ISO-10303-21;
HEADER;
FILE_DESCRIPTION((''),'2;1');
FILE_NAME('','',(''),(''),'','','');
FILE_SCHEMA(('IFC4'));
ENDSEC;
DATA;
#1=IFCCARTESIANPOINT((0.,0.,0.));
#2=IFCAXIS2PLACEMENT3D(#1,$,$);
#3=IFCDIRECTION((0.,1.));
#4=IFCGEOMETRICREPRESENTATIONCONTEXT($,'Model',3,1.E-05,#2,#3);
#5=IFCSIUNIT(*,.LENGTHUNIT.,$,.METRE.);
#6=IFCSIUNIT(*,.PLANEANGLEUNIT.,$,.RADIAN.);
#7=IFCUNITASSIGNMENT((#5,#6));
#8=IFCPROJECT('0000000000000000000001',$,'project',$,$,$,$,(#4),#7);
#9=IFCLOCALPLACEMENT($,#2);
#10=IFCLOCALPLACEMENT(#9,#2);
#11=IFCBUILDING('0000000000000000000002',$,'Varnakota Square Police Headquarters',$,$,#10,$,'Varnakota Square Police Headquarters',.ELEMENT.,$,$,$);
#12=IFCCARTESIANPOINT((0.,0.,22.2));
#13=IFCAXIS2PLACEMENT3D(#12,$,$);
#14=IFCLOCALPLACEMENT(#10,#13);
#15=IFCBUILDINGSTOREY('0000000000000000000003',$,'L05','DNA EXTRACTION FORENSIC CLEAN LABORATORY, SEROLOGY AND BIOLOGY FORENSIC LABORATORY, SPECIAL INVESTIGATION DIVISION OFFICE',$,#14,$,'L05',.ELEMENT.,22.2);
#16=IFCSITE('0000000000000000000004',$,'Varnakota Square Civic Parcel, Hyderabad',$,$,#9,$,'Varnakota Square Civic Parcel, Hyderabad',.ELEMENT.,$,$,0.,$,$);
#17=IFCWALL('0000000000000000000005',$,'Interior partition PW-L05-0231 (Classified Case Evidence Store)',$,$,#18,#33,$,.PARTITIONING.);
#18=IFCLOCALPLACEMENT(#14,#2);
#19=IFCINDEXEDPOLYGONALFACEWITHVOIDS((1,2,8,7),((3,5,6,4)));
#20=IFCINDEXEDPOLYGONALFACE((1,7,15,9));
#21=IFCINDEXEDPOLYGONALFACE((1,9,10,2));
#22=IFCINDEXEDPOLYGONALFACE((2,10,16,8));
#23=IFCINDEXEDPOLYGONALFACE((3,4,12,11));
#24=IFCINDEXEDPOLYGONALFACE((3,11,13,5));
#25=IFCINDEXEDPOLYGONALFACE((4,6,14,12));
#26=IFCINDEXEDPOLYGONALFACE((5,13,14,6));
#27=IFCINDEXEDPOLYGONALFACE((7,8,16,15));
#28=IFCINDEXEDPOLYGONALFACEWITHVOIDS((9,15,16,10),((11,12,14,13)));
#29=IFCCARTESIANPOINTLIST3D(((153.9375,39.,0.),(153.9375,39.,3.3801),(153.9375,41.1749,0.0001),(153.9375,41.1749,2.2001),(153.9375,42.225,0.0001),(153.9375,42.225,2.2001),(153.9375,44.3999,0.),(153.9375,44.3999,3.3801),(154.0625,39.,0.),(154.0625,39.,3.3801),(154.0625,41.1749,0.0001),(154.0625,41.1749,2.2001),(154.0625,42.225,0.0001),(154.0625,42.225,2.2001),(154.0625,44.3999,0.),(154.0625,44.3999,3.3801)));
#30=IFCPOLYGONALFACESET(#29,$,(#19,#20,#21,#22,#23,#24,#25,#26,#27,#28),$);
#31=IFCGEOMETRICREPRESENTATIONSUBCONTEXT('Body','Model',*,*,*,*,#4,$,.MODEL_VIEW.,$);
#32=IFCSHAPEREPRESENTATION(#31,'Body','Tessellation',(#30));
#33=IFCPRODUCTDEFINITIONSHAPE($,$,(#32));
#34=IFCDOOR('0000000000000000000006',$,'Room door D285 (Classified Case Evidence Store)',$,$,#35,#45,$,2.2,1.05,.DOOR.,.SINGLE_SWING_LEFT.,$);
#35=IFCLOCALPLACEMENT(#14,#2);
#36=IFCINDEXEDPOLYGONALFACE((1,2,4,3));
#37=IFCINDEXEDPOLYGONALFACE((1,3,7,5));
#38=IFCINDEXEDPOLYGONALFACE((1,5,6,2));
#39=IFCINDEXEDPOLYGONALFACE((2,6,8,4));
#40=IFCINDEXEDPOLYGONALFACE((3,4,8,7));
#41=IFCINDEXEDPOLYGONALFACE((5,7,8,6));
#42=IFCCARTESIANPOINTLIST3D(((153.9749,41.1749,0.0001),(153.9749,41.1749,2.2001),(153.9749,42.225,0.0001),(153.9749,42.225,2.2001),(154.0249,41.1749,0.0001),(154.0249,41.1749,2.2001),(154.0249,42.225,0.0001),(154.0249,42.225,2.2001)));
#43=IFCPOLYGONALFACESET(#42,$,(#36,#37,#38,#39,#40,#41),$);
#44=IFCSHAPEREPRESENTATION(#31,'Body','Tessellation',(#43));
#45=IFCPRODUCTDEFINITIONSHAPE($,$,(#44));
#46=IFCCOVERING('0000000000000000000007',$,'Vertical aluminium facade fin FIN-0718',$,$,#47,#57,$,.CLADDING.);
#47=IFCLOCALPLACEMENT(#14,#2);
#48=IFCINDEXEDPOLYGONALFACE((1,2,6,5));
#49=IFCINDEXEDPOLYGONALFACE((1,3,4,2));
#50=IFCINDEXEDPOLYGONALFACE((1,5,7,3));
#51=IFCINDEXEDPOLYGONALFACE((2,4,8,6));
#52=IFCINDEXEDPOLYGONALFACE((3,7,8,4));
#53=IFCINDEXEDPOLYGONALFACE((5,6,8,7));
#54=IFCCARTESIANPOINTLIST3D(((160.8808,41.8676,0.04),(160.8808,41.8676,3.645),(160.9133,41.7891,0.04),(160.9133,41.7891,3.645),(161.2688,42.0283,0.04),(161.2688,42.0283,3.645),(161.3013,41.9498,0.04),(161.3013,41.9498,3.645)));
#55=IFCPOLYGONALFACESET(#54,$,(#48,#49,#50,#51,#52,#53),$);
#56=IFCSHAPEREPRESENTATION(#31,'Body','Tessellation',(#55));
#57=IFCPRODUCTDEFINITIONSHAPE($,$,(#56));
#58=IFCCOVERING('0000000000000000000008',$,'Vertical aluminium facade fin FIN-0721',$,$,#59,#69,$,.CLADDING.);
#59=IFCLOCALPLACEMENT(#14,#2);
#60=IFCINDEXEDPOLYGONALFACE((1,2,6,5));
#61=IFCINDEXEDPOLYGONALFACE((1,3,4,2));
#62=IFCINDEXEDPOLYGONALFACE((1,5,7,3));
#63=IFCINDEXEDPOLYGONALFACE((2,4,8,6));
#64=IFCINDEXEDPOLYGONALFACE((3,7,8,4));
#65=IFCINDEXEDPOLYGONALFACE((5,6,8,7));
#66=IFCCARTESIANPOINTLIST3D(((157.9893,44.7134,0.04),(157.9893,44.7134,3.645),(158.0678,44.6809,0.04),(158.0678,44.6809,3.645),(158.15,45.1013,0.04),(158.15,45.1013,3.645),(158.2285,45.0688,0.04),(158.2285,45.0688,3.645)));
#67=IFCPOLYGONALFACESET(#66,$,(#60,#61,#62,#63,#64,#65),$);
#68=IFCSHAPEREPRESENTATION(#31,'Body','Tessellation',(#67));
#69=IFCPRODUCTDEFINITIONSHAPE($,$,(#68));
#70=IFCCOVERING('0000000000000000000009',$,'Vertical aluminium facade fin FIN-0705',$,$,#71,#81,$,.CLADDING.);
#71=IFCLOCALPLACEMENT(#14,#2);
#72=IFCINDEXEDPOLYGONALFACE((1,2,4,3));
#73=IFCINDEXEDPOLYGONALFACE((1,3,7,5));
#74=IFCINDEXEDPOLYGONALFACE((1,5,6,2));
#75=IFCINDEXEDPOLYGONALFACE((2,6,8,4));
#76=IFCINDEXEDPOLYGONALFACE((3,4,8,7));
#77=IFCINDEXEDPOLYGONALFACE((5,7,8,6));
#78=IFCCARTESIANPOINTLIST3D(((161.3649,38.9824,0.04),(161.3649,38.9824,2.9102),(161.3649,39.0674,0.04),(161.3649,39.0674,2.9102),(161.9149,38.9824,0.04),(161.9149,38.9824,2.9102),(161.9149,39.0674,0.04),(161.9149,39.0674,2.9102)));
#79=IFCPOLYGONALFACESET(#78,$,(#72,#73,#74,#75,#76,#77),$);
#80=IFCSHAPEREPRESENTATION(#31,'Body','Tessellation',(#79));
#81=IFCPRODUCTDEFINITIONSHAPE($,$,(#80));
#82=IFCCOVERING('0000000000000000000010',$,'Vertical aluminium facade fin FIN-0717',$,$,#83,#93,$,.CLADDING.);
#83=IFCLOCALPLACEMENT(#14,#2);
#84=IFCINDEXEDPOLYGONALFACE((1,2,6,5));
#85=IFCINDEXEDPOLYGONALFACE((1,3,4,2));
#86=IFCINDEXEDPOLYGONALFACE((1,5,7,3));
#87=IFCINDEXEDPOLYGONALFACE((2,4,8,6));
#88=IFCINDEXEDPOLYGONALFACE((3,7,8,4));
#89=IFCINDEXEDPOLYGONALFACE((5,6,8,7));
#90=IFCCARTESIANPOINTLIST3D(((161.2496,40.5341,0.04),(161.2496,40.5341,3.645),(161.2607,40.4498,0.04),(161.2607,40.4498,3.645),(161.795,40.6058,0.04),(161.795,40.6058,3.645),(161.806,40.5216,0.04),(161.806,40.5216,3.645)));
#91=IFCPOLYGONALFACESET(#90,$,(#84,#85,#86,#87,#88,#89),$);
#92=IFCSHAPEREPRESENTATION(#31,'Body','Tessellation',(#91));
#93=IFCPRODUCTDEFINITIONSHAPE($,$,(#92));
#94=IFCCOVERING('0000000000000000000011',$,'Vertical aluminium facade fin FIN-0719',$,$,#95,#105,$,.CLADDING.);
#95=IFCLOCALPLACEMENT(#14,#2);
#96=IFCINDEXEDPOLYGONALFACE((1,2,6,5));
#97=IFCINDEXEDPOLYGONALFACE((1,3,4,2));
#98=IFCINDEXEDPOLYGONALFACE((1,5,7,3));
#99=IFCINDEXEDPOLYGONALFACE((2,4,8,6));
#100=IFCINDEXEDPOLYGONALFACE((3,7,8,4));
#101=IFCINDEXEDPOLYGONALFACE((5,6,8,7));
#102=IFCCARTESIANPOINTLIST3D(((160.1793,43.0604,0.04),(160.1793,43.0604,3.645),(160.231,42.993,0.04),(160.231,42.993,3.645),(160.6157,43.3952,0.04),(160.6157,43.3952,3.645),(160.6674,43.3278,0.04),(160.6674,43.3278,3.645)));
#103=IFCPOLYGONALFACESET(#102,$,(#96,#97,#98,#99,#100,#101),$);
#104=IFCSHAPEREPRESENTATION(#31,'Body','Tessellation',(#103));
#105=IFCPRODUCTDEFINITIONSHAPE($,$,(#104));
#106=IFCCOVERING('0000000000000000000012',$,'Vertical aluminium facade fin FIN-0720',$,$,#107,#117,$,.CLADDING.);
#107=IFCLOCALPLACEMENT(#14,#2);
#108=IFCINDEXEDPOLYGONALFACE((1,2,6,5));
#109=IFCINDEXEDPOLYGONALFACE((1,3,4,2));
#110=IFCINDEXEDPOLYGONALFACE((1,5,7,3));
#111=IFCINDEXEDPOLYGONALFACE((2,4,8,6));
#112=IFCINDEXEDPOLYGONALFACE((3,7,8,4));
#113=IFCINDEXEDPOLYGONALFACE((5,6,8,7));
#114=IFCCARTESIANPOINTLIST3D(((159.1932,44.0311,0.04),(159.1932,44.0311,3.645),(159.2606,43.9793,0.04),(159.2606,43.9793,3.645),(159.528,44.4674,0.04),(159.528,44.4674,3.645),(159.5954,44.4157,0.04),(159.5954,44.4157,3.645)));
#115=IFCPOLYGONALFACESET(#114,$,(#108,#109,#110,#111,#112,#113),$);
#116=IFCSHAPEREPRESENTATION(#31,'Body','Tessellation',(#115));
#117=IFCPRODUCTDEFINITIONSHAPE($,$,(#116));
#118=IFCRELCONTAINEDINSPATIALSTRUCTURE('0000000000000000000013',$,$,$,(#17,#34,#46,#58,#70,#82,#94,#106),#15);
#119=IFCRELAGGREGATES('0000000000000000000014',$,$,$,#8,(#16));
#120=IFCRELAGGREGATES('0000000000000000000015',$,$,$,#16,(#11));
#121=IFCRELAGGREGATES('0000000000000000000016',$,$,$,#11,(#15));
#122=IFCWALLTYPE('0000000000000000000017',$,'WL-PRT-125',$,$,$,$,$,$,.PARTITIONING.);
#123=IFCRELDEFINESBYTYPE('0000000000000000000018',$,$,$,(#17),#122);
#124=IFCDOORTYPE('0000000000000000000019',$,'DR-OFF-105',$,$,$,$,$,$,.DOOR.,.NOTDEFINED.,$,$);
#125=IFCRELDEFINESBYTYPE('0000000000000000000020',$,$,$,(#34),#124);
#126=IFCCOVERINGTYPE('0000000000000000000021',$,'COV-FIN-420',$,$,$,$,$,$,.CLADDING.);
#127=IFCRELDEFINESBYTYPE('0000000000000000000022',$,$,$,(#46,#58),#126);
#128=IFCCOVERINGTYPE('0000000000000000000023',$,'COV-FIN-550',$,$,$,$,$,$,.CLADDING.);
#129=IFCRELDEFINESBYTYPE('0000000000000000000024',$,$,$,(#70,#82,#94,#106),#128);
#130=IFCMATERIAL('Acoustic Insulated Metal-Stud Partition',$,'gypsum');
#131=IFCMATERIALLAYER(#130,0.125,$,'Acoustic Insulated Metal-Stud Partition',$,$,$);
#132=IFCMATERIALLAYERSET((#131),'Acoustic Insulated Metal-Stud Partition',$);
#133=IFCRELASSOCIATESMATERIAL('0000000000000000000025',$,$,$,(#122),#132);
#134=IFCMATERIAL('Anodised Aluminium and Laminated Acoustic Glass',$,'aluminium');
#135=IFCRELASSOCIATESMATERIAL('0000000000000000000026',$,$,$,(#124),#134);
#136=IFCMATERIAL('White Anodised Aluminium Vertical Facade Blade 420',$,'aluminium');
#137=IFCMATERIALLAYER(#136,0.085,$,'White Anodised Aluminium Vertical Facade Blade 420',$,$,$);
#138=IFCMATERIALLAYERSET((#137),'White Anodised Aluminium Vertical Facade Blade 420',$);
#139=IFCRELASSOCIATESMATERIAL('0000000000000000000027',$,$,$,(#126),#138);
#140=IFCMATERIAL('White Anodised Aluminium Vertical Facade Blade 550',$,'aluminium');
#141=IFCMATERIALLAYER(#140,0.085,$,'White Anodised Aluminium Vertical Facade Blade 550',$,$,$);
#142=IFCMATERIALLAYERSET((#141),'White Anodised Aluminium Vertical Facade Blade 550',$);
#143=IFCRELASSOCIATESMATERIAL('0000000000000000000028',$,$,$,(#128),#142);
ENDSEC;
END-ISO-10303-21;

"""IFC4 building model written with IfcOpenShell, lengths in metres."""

from ifc_helpers import new_model, si_unit, direction, frame, frame_2d, origin, origin_2d, place, context, subcontext, project, spatial, rectangle, extrude, material, layer, layer_set, type_object, element, fill, save


model = new_model("IFC4")

# Units and contexts
model_context = context("Model", 3, precision=1e-05, world=origin(), true_north=direction((0.0, 1.0)))
body_context = subcontext(model_context, "Body", "Model", "MODEL_VIEW")
ifc_project = project(units=[si_unit("LENGTHUNIT", "METRE"), si_unit("PLANEANGLEUNIT", "RADIAN")], contexts=[model_context])

# Site, building, storey
site_placement = place(None, origin())
site = spatial("IfcSite", under=ifc_project, at=site_placement, Name="Varnakota Square Civic Parcel, Hyderabad", LongName="Varnakota Square Civic Parcel, Hyderabad", CompositionType="ELEMENT", RefElevation=0.0)
building_placement = place(site_placement, origin())
building = spatial("IfcBuilding", under=site, at=building_placement, Name="Varnakota Square Police Headquarters", LongName="Varnakota Square Police Headquarters", CompositionType="ELEMENT")
storey_placement = place(building_placement, frame((0.0, 0.0, 22.2)))
storey = spatial("IfcBuildingStorey", under=building, at=storey_placement, Name="L05", Description="DNA EXTRACTION FORENSIC CLEAN LABORATORY, SEROLOGY AND BIOLOGY FORENSIC LABORATORY, SPECIAL INVESTIGATION DIVISION OFFICE", LongName="L05", CompositionType="ELEMENT", Elevation=22.2)

# Wall, opening, door
ifc_material_1 = material(Name="Acoustic Insulated Metal-Stud Partition", Category="gypsum")
ifc_layer_1 = layer(ifc_material_1, 0.125, Name="Acoustic Insulated Metal-Stud Partition")
ifc_layer_set_1 = layer_set([ifc_layer_1], Name="Acoustic Insulated Metal-Stud Partition")
wall_type_1 = type_object("IfcWallType", Name="WL-PRT-125", PredefinedType="PARTITIONING", material=ifc_layer_set_1)
wall_1_placement = place(storey_placement, frame((154.0, 44.3999, 0.0), z_axis=(0.0, 0.0, 1.0), x_axis=(0.0, -1.0, 0.0)))
wall_1 = element("IfcWall", 1, at=wall_1_placement, inside=storey, type_object=wall_type_1, Name="Interior partition PW-L05-0231 (Classified Case Evidence Store)", PredefinedType="PARTITIONING", context=body_context, shape_type="SweptSolid", body=[
    extrude(rectangle(XDim=5.3999, YDim=0.125, at=frame_2d((2.7, 0.0))), origin(), (0.0, 0.0, 1.0), 3.3801),
])
opening_1_placement = place(wall_1_placement, frame((2.175, 0.0, 0.0)))
opening_1 = element("IfcOpeningElement", 2, at=opening_1_placement, cuts=wall_1, PredefinedType="OPENING", context=body_context, shape_type="SweptSolid", body=[
    extrude(rectangle(XDim=1.05, YDim=2.2, at=frame_2d((0.5249, 1.1001))), frame((0.0, 0.0725, 0.0), z_axis=(0.0, -1.0, 0.0), x_axis=(1.0, 0.0, 0.0)), (0.0, 0.0, 1.0), 0.145),
])
ifc_material_2 = material(Name="Anodised Aluminium and Laminated Acoustic Glass", Category="aluminium")
door_type = type_object("IfcDoorType", Name="DR-OFF-105", OperationType="NOTDEFINED", PredefinedType="DOOR", material=ifc_material_2)
door_placement = place(opening_1_placement, origin())
door = element("IfcDoor", 3, at=door_placement, inside=storey, type_object=door_type, Name="Room door D285 (Classified Case Evidence Store)", OperationType="SINGLE_SWING_LEFT", OverallHeight=2.2, OverallWidth=1.05, PredefinedType="DOOR", context=body_context, shape_type="SweptSolid", body=[
    extrude(rectangle(XDim=1.05, YDim=2.2, at=frame_2d((0.5249, 1.1001))), frame((0.0, 0.0249, 0.0), z_axis=(0.0, -1.0, 0.0), x_axis=(1.0, 0.0, 0.0)), (0.0, 0.0, 1.0), 0.05),
])
fill(opening_1, door)

# Coverings
ifc_material_3 = material(Name="White Anodised Aluminium Vertical Facade Blade 420", Category="aluminium")
ifc_layer_2 = layer(ifc_material_3, 0.085, Name="White Anodised Aluminium Vertical Facade Blade 420")
ifc_layer_set_2 = layer_set([ifc_layer_2], Name="White Anodised Aluminium Vertical Facade Blade 420")
covering_type_1 = type_object("IfcCoveringType", Name="COV-FIN-420", PredefinedType="CLADDING", material=ifc_layer_set_2)
for number, where, z_axis, x_axis, name in (
    (4, (161.0911, 41.9087, 0.04), (0.0, 0.0, 1.0), (-0.382683, 0.92388, 0.0), "Vertical aluminium facade fin FIN-0718"),
    (5, (158.1089, 44.8911, 0.04), (0.0, 0.0, 1.0), (-0.92388, 0.382683, 0.0), "Vertical aluminium facade fin FIN-0721"),
):
    element("IfcCovering", number, at=place(storey_placement, frame(where, z_axis=z_axis, x_axis=x_axis)), inside=storey, type_object=covering_type_1, Name=name, PredefinedType="CLADDING", context=body_context, shape_type="SweptSolid", body=[
        extrude(rectangle(XDim=0.085, YDim=0.4199, at=origin_2d()), origin(), (0.0, 0.0, 1.0), 3.605),
    ])
ifc_material_4 = material(Name="White Anodised Aluminium Vertical Facade Blade 550", Category="aluminium")
ifc_layer_3 = layer(ifc_material_4, 0.085, Name="White Anodised Aluminium Vertical Facade Blade 550")
ifc_layer_set_3 = layer_set([ifc_layer_3], Name="White Anodised Aluminium Vertical Facade Blade 550")
covering_type_2 = type_object("IfcCoveringType", Name="COV-FIN-550", PredefinedType="CLADDING", material=ifc_layer_set_3)
covering_placement = place(storey_placement, frame((161.6399, 39.0249, 0.04), z_axis=(0.0, 0.0, 1.0), x_axis=(0.0, 1.0, 0.0)))
element("IfcCovering", 6, at=covering_placement, inside=storey, type_object=covering_type_2, Name="Vertical aluminium facade fin FIN-0705", PredefinedType="CLADDING", context=body_context, shape_type="SweptSolid", body=[
    extrude(rectangle(XDim=0.085, YDim=0.55, at=origin_2d()), origin(), (0.0, 0.0, 1.0), 2.8701),
])
for number, where, z_axis, x_axis, name in (
    (7, (161.5278, 40.5278, 0.04), (0.0, 0.0, 1.0), (-0.130526, 0.991445, 0.0), "Vertical aluminium facade fin FIN-0717"),
    (8, (160.4233, 43.1941, 0.04), (0.0, 0.0, 1.0), (-0.608761, 0.793353, 0.0), "Vertical aluminium facade fin FIN-0719"),
    (9, (159.3943, 44.2234, 0.04), (0.0, 0.0, 1.0), (-0.793353, 0.608761, 0.0), "Vertical aluminium facade fin FIN-0720"),
):
    element("IfcCovering", number, at=place(storey_placement, frame(where, z_axis=z_axis, x_axis=x_axis)), inside=storey, type_object=covering_type_2, Name=name, PredefinedType="CLADDING", context=body_context, shape_type="SweptSolid", body=[
        extrude(rectangle(XDim=0.085, YDim=0.55, at=origin_2d()), origin(), (0.0, 0.0, 1.0), 3.605),
    ])

save(model, "model.ifc")
